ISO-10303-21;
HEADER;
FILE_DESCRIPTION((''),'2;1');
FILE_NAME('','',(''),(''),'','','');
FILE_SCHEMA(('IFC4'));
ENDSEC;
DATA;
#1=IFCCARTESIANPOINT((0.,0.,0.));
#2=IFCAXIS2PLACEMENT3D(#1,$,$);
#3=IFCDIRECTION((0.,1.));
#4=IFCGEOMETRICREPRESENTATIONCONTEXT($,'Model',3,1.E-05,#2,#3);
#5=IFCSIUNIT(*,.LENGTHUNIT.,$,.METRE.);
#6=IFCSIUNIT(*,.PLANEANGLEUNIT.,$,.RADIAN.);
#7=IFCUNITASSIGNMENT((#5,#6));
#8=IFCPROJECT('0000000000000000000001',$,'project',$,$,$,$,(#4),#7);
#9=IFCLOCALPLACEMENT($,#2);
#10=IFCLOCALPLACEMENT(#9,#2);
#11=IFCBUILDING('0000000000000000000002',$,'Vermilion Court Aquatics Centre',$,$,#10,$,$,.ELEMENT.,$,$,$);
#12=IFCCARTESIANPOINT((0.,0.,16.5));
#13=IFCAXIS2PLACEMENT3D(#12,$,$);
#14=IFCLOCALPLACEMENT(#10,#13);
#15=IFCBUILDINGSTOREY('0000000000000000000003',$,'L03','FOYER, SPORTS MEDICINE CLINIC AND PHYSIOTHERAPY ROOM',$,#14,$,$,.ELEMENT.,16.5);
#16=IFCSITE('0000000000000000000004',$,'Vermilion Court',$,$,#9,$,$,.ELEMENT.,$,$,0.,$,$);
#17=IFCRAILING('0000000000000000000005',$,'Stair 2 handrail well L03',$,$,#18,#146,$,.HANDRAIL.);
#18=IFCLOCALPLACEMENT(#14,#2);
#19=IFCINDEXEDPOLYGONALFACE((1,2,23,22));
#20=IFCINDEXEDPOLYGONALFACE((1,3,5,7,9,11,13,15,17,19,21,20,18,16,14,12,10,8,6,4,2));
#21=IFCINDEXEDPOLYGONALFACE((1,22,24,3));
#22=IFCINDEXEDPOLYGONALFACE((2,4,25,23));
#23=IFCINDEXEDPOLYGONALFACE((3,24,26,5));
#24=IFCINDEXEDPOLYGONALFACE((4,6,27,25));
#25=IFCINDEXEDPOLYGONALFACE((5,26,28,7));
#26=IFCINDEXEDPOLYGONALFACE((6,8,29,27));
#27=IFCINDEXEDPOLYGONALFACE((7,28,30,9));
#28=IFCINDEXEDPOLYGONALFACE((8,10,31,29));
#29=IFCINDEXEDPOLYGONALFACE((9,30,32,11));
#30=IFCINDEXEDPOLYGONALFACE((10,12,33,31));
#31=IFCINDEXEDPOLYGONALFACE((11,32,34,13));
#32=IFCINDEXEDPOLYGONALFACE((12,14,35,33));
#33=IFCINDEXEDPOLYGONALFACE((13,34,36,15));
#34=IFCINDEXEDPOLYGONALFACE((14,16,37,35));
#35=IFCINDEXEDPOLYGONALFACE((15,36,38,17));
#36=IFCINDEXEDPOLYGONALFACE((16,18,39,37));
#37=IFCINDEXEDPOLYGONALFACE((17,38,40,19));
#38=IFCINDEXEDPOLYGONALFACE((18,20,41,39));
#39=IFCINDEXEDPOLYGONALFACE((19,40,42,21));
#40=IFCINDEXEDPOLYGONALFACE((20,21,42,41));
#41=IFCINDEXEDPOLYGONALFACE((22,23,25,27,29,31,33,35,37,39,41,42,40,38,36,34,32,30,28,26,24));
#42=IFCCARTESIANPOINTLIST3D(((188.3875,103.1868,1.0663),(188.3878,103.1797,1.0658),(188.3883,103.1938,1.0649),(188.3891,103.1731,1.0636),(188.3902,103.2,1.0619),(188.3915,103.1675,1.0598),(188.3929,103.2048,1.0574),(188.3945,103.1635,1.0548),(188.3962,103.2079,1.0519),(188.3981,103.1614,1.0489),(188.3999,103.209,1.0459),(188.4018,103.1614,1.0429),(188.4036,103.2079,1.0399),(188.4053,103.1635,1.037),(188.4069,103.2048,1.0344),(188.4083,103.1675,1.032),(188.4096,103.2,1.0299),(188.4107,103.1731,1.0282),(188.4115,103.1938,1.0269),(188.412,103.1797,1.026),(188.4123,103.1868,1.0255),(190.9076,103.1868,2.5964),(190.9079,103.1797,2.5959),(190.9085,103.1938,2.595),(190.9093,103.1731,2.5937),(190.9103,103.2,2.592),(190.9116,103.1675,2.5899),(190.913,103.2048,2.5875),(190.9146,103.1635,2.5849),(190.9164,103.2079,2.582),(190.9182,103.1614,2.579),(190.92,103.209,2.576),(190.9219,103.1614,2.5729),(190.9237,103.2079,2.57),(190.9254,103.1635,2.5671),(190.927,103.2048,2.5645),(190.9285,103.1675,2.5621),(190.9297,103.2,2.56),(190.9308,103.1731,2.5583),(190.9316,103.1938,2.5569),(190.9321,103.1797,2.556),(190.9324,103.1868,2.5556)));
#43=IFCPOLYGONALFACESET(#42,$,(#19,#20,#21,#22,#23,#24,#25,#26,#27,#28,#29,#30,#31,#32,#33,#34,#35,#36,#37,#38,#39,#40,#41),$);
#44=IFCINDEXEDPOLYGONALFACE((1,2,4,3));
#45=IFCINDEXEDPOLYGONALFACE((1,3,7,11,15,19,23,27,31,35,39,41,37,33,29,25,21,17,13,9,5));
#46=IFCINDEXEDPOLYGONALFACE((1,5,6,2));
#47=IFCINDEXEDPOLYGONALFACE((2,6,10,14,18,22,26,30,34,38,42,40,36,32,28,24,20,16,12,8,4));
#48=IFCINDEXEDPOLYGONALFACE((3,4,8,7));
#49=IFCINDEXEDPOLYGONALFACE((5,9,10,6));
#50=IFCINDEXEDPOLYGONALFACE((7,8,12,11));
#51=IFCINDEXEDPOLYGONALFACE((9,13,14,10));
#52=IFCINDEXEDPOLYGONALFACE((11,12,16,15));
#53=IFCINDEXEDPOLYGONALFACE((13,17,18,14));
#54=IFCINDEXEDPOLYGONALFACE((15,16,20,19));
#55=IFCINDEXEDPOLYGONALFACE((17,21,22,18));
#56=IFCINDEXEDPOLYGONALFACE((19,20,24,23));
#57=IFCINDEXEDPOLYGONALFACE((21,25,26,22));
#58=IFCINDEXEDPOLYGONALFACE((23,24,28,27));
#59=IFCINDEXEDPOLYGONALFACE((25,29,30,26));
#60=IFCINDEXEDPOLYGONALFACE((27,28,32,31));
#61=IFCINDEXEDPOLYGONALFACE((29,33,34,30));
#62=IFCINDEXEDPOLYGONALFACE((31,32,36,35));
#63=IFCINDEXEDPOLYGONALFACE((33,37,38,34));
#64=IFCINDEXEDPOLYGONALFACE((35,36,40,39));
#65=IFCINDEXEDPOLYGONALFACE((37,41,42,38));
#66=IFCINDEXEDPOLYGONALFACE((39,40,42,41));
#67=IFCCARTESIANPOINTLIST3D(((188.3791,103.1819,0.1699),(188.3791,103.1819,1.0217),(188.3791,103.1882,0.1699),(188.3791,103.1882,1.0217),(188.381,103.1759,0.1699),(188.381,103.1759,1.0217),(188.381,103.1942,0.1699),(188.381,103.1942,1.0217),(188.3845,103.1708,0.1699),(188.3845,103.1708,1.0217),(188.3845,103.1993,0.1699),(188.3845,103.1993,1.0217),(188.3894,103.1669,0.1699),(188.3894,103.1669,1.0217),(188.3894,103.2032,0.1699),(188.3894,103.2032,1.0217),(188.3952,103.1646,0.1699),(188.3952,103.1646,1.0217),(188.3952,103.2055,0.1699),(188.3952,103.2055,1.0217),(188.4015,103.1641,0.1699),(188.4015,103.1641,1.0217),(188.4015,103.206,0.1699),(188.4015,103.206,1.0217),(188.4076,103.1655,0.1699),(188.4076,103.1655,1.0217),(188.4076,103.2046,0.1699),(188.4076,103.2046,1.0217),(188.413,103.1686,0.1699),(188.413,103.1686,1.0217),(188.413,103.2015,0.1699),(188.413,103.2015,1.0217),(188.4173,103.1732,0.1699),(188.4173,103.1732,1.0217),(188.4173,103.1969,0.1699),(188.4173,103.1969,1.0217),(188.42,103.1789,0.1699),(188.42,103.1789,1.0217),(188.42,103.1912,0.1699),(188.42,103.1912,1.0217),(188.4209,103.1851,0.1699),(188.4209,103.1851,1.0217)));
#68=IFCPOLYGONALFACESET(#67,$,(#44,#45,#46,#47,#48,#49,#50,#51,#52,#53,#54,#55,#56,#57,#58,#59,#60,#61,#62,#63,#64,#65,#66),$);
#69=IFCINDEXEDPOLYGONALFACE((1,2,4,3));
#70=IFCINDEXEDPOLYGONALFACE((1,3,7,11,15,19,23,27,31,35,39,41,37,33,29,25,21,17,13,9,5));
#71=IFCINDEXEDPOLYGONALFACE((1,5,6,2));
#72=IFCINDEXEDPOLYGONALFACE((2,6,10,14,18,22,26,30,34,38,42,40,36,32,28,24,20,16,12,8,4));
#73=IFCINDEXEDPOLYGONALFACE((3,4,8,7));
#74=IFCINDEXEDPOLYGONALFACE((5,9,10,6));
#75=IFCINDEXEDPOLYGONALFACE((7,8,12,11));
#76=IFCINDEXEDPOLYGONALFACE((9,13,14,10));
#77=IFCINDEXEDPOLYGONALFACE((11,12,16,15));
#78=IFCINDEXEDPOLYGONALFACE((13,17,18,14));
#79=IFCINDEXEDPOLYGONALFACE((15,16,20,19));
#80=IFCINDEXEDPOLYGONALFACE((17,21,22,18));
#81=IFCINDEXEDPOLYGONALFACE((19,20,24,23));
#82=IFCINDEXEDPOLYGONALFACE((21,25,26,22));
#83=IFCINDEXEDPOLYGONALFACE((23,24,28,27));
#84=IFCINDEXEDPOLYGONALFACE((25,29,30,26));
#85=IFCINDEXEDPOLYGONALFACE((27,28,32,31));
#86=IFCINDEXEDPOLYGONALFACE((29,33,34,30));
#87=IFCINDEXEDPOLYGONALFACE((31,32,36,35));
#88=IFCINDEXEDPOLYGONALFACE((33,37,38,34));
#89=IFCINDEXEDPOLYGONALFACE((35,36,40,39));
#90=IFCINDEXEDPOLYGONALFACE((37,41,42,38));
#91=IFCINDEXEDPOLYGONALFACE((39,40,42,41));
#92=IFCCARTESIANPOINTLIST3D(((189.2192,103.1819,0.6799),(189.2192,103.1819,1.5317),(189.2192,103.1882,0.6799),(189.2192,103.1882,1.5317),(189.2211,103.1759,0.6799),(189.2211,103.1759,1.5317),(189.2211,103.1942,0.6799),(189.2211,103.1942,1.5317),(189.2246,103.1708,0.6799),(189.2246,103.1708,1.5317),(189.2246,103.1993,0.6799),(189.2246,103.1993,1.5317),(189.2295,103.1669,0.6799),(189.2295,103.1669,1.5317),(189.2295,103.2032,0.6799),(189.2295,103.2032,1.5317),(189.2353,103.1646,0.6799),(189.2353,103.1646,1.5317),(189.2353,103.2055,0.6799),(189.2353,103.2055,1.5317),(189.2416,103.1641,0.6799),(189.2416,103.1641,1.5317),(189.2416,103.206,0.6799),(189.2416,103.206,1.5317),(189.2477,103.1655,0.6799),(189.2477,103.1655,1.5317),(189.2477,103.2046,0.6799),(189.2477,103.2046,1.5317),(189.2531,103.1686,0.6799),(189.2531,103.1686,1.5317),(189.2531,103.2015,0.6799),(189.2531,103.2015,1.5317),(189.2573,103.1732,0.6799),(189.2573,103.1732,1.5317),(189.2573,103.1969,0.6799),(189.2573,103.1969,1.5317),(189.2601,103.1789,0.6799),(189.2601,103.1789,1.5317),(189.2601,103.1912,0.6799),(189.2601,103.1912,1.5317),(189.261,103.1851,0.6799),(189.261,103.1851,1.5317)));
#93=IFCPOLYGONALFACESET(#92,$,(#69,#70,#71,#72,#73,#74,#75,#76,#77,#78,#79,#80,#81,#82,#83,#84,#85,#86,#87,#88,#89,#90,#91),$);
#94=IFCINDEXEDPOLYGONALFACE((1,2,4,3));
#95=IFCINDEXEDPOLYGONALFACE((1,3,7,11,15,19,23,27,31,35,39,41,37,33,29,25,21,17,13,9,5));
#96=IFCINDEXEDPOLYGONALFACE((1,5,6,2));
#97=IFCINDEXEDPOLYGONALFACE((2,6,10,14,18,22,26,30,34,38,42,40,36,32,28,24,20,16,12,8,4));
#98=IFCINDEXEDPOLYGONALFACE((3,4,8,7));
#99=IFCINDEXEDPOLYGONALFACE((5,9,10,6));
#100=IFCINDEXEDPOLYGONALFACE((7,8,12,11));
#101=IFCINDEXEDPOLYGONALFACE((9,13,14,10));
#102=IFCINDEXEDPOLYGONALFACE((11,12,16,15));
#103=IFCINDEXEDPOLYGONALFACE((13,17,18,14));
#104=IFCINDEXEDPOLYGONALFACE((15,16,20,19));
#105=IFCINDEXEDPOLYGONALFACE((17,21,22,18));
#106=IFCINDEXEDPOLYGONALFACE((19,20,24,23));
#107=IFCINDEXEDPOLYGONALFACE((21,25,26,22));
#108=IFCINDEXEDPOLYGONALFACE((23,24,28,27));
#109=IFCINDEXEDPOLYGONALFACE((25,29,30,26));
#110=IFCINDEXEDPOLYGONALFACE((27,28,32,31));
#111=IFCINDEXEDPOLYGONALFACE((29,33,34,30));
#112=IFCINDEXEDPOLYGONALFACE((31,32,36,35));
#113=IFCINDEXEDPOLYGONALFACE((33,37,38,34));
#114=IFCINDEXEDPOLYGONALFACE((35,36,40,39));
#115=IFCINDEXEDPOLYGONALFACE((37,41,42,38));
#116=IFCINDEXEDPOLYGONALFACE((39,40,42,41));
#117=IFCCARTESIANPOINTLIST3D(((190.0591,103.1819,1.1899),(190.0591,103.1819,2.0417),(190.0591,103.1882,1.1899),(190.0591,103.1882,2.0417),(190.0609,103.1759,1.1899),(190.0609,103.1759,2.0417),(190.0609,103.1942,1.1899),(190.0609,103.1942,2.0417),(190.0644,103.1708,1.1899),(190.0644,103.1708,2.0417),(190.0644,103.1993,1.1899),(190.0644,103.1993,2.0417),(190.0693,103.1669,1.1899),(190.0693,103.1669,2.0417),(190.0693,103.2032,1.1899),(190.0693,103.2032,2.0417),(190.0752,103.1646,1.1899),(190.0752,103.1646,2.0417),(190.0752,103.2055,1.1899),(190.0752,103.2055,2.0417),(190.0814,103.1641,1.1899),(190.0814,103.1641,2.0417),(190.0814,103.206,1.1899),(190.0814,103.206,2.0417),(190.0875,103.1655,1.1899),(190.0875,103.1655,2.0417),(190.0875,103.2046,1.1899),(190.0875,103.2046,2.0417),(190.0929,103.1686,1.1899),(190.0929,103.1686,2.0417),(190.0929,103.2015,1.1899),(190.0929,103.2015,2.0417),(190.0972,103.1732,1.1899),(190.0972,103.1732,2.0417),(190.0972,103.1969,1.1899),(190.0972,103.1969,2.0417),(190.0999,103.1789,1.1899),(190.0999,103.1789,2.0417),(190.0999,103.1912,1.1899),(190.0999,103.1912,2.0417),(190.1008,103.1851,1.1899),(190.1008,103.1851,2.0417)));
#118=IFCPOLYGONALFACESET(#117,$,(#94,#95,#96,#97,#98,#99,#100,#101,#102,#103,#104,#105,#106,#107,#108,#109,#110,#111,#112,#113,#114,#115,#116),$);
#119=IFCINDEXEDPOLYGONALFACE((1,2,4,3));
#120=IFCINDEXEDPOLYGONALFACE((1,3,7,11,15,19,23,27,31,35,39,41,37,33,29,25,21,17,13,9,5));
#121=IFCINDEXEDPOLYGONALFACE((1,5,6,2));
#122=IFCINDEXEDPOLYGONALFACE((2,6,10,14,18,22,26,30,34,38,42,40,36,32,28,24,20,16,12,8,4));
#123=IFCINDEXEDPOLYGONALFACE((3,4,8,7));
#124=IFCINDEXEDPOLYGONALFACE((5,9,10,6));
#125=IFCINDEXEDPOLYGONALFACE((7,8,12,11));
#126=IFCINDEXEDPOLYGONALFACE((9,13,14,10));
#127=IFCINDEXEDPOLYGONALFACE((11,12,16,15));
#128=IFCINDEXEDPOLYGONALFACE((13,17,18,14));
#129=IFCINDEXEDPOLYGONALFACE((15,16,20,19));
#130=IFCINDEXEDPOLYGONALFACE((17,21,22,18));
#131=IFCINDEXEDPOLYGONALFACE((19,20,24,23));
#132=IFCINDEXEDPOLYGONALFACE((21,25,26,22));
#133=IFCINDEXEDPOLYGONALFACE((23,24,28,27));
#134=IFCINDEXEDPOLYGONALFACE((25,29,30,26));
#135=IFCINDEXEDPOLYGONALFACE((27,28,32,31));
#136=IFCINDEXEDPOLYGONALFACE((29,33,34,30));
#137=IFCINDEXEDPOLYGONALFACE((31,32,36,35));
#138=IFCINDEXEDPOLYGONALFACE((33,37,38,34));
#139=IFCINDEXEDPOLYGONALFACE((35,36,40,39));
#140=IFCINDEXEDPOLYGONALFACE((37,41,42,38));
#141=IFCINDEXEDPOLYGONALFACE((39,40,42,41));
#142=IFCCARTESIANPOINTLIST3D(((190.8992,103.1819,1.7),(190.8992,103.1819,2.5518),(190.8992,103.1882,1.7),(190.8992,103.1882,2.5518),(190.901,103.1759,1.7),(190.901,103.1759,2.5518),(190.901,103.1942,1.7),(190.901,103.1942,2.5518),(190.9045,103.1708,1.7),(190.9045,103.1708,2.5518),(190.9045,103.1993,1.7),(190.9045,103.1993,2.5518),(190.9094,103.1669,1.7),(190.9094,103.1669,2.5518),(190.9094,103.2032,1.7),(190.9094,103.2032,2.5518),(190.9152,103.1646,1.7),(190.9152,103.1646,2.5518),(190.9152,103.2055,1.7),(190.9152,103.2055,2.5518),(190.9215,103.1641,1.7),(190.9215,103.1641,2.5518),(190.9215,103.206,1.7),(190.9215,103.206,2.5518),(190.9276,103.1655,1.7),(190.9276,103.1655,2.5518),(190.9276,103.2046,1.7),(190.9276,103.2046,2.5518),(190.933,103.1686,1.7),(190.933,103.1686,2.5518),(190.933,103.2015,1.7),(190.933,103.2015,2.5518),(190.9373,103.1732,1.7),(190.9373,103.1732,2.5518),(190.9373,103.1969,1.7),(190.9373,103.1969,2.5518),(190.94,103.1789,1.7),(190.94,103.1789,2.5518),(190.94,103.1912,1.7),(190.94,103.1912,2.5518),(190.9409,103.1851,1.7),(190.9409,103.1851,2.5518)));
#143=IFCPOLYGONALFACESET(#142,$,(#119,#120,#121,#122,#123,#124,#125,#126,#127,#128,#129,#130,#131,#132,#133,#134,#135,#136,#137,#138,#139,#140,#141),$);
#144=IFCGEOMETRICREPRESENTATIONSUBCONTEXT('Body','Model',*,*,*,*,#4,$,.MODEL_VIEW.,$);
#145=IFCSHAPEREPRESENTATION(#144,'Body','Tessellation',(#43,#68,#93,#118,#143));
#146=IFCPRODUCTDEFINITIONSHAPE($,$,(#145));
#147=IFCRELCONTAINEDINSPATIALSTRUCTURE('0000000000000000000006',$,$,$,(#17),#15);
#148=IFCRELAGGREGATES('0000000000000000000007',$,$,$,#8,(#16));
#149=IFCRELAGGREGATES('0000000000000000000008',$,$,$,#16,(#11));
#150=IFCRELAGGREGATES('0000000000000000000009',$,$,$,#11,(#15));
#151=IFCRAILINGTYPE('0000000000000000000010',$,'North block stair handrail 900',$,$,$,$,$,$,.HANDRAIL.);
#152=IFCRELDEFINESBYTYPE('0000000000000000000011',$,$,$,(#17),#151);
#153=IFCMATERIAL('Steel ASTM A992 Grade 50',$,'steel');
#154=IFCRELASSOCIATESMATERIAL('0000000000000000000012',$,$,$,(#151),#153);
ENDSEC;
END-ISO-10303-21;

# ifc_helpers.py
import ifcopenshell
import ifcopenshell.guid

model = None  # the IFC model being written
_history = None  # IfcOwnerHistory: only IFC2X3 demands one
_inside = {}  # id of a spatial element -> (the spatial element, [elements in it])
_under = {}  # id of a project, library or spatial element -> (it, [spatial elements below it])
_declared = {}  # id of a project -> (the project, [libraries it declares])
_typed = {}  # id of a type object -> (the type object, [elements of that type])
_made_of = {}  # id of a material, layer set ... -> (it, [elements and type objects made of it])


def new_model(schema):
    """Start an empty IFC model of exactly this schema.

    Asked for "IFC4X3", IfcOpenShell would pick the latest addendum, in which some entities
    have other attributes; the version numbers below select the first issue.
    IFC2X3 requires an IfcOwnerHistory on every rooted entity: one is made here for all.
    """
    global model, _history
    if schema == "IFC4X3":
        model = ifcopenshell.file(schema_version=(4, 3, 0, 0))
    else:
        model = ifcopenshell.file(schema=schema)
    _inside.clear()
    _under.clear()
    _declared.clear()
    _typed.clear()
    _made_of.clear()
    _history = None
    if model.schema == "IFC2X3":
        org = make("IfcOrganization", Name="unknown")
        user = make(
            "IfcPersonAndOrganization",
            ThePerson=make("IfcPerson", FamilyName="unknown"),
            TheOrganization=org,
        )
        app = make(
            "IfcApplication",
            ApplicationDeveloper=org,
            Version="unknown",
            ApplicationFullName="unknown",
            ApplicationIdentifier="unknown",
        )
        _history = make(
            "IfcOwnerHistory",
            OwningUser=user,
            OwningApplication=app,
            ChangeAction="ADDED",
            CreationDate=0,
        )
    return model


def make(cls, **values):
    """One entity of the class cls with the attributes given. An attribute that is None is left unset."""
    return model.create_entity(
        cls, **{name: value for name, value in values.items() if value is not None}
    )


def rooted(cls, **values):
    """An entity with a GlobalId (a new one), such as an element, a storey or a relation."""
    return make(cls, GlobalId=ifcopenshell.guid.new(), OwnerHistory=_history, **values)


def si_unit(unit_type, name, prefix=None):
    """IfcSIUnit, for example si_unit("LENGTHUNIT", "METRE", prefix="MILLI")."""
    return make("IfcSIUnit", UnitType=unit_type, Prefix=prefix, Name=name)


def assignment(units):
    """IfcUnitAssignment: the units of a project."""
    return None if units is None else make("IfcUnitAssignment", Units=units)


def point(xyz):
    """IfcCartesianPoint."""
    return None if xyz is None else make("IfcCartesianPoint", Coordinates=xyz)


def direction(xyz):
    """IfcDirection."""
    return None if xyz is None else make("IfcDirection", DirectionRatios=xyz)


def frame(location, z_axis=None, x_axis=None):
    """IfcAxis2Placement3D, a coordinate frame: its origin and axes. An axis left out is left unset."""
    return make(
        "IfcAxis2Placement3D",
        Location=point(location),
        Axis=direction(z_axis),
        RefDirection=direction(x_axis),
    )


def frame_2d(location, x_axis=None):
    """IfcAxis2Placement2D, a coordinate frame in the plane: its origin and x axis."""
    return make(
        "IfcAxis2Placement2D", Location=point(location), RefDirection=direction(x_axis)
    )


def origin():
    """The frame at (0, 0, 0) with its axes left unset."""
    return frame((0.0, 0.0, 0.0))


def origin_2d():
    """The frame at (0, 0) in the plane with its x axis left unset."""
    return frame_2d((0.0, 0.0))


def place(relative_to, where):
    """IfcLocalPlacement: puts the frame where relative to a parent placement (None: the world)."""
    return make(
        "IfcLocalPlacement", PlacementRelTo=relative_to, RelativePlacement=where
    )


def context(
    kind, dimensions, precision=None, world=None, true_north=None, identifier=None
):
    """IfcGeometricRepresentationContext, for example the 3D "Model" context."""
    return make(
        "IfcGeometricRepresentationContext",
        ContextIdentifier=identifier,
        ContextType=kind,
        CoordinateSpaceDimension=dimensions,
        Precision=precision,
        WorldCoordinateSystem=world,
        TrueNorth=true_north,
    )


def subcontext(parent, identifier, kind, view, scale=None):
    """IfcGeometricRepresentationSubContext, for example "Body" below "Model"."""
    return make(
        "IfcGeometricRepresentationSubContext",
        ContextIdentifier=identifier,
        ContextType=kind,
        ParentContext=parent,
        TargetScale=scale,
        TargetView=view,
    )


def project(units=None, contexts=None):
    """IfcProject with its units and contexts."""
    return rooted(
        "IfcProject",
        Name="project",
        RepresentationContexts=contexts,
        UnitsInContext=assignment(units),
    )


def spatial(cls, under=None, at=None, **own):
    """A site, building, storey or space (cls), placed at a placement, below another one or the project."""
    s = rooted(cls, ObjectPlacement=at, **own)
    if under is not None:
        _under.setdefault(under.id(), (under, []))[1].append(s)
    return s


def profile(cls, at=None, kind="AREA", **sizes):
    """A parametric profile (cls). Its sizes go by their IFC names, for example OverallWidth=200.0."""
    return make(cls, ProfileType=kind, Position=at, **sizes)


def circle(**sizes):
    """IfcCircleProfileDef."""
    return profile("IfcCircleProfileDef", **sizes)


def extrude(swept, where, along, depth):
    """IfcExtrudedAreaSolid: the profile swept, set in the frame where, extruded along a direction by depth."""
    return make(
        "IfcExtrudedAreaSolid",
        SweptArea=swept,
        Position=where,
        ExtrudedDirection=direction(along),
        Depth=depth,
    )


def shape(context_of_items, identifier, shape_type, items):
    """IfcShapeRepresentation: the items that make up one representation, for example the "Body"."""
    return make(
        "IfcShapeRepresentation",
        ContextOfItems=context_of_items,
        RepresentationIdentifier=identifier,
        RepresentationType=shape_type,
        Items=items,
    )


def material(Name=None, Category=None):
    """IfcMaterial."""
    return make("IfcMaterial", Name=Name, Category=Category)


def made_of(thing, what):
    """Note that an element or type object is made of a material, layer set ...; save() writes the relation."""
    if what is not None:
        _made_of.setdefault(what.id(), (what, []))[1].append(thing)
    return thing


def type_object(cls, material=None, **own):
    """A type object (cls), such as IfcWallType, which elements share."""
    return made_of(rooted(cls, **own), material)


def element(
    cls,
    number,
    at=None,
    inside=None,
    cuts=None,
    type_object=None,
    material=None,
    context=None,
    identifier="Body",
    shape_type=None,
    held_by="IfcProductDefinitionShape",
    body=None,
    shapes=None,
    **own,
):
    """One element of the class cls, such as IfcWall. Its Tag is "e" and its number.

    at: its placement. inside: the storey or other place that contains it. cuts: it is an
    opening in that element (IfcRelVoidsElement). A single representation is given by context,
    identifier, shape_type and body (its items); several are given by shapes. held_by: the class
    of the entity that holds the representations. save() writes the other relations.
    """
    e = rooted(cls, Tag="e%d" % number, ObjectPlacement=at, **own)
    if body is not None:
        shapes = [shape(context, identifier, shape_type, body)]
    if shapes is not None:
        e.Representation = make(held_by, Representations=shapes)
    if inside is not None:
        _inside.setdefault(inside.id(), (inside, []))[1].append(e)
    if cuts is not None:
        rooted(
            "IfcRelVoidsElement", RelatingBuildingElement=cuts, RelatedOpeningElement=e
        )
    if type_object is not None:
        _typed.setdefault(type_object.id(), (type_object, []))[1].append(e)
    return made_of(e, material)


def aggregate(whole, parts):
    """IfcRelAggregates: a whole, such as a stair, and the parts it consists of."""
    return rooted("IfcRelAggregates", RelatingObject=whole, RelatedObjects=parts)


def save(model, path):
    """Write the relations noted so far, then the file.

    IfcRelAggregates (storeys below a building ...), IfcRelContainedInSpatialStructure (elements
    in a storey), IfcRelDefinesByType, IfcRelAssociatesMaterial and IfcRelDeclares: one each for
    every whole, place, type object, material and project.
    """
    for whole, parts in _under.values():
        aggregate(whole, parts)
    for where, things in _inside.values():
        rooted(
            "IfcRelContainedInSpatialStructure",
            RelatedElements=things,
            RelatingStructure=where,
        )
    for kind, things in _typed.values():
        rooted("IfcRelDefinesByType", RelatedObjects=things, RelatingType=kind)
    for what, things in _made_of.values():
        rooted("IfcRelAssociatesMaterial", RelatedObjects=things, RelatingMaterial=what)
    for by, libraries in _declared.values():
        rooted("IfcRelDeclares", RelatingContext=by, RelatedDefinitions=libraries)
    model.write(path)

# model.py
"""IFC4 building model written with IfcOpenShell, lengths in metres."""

from ifc_helpers import new_model, si_unit, direction, frame, origin, origin_2d, place, context, subcontext, project, spatial, circle, extrude, material, type_object, element, save


model = new_model("IFC4")

# Units and contexts
model_context = context("Model", 3, precision=1e-05, world=origin(), true_north=direction((0.0, 1.0)))
body_context = subcontext(model_context, "Body", "Model", "MODEL_VIEW")
ifc_project = project(units=[si_unit("LENGTHUNIT", "METRE"), si_unit("PLANEANGLEUNIT", "RADIAN")], contexts=[model_context])

# Site, building, storey
site_placement = place(None, origin())
site = spatial("IfcSite", under=ifc_project, at=site_placement, Name="Vermilion Court", CompositionType="ELEMENT", RefElevation=0.0)
building_placement = place(site_placement, origin())
building = spatial("IfcBuilding", under=site, at=building_placement, Name="Vermilion Court Aquatics Centre", CompositionType="ELEMENT")
storey_placement = place(building_placement, frame((0.0, 0.0, 16.5)))
storey = spatial("IfcBuildingStorey", under=building, at=storey_placement, Name="L03", Description="FOYER, SPORTS MEDICINE CLINIC AND PHYSIOTHERAPY ROOM", CompositionType="ELEMENT", Elevation=16.5)

# Railing
ifc_material_1 = material(Name="Steel ASTM A992 Grade 50", Category="steel")
railing_type_1 = type_object("IfcRailingType", Name="North block stair handrail 900", PredefinedType="HANDRAIL", material=ifc_material_1)
for number, where, name in (
    (1, (188.3999, 103.1851, 0.1699), "Stair 2 handrail well L03"),
):
    element("IfcRailing", number, at=place(storey_placement, frame(where)), inside=storey, type_object=railing_type_1, Name=name, PredefinedType="HANDRAIL", context=body_context, shape_type="SweptSolid", body=[
        extrude(circle(Radius=0.0239, at=origin_2d()), frame((0.0, 0.0, 0.876), z_axis=(0.854785, 0.0, 0.518982), x_axis=(0.0, 1.0, 0.0)), (0.0, 0.0, 1.0), 2.9482),
        extrude(circle(Radius=0.021, at=origin_2d()), origin(), (0.0, 0.0, 1.0), 0.8518),
        extrude(circle(Radius=0.021, at=origin_2d()), frame((0.8401, 0.0, 0.51)), (0.0, 0.0, 1.0), 0.8518),
        extrude(circle(Radius=0.021, at=origin_2d()), frame((1.6799, 0.0, 1.02)), (0.0, 0.0, 1.0), 0.8518),
        extrude(circle(Radius=0.021, at=origin_2d()), frame((2.52, 0.0, 1.53)), (0.0, 0.0, 1.0), 0.8518),
    ])

save(model, "model.ifc")
